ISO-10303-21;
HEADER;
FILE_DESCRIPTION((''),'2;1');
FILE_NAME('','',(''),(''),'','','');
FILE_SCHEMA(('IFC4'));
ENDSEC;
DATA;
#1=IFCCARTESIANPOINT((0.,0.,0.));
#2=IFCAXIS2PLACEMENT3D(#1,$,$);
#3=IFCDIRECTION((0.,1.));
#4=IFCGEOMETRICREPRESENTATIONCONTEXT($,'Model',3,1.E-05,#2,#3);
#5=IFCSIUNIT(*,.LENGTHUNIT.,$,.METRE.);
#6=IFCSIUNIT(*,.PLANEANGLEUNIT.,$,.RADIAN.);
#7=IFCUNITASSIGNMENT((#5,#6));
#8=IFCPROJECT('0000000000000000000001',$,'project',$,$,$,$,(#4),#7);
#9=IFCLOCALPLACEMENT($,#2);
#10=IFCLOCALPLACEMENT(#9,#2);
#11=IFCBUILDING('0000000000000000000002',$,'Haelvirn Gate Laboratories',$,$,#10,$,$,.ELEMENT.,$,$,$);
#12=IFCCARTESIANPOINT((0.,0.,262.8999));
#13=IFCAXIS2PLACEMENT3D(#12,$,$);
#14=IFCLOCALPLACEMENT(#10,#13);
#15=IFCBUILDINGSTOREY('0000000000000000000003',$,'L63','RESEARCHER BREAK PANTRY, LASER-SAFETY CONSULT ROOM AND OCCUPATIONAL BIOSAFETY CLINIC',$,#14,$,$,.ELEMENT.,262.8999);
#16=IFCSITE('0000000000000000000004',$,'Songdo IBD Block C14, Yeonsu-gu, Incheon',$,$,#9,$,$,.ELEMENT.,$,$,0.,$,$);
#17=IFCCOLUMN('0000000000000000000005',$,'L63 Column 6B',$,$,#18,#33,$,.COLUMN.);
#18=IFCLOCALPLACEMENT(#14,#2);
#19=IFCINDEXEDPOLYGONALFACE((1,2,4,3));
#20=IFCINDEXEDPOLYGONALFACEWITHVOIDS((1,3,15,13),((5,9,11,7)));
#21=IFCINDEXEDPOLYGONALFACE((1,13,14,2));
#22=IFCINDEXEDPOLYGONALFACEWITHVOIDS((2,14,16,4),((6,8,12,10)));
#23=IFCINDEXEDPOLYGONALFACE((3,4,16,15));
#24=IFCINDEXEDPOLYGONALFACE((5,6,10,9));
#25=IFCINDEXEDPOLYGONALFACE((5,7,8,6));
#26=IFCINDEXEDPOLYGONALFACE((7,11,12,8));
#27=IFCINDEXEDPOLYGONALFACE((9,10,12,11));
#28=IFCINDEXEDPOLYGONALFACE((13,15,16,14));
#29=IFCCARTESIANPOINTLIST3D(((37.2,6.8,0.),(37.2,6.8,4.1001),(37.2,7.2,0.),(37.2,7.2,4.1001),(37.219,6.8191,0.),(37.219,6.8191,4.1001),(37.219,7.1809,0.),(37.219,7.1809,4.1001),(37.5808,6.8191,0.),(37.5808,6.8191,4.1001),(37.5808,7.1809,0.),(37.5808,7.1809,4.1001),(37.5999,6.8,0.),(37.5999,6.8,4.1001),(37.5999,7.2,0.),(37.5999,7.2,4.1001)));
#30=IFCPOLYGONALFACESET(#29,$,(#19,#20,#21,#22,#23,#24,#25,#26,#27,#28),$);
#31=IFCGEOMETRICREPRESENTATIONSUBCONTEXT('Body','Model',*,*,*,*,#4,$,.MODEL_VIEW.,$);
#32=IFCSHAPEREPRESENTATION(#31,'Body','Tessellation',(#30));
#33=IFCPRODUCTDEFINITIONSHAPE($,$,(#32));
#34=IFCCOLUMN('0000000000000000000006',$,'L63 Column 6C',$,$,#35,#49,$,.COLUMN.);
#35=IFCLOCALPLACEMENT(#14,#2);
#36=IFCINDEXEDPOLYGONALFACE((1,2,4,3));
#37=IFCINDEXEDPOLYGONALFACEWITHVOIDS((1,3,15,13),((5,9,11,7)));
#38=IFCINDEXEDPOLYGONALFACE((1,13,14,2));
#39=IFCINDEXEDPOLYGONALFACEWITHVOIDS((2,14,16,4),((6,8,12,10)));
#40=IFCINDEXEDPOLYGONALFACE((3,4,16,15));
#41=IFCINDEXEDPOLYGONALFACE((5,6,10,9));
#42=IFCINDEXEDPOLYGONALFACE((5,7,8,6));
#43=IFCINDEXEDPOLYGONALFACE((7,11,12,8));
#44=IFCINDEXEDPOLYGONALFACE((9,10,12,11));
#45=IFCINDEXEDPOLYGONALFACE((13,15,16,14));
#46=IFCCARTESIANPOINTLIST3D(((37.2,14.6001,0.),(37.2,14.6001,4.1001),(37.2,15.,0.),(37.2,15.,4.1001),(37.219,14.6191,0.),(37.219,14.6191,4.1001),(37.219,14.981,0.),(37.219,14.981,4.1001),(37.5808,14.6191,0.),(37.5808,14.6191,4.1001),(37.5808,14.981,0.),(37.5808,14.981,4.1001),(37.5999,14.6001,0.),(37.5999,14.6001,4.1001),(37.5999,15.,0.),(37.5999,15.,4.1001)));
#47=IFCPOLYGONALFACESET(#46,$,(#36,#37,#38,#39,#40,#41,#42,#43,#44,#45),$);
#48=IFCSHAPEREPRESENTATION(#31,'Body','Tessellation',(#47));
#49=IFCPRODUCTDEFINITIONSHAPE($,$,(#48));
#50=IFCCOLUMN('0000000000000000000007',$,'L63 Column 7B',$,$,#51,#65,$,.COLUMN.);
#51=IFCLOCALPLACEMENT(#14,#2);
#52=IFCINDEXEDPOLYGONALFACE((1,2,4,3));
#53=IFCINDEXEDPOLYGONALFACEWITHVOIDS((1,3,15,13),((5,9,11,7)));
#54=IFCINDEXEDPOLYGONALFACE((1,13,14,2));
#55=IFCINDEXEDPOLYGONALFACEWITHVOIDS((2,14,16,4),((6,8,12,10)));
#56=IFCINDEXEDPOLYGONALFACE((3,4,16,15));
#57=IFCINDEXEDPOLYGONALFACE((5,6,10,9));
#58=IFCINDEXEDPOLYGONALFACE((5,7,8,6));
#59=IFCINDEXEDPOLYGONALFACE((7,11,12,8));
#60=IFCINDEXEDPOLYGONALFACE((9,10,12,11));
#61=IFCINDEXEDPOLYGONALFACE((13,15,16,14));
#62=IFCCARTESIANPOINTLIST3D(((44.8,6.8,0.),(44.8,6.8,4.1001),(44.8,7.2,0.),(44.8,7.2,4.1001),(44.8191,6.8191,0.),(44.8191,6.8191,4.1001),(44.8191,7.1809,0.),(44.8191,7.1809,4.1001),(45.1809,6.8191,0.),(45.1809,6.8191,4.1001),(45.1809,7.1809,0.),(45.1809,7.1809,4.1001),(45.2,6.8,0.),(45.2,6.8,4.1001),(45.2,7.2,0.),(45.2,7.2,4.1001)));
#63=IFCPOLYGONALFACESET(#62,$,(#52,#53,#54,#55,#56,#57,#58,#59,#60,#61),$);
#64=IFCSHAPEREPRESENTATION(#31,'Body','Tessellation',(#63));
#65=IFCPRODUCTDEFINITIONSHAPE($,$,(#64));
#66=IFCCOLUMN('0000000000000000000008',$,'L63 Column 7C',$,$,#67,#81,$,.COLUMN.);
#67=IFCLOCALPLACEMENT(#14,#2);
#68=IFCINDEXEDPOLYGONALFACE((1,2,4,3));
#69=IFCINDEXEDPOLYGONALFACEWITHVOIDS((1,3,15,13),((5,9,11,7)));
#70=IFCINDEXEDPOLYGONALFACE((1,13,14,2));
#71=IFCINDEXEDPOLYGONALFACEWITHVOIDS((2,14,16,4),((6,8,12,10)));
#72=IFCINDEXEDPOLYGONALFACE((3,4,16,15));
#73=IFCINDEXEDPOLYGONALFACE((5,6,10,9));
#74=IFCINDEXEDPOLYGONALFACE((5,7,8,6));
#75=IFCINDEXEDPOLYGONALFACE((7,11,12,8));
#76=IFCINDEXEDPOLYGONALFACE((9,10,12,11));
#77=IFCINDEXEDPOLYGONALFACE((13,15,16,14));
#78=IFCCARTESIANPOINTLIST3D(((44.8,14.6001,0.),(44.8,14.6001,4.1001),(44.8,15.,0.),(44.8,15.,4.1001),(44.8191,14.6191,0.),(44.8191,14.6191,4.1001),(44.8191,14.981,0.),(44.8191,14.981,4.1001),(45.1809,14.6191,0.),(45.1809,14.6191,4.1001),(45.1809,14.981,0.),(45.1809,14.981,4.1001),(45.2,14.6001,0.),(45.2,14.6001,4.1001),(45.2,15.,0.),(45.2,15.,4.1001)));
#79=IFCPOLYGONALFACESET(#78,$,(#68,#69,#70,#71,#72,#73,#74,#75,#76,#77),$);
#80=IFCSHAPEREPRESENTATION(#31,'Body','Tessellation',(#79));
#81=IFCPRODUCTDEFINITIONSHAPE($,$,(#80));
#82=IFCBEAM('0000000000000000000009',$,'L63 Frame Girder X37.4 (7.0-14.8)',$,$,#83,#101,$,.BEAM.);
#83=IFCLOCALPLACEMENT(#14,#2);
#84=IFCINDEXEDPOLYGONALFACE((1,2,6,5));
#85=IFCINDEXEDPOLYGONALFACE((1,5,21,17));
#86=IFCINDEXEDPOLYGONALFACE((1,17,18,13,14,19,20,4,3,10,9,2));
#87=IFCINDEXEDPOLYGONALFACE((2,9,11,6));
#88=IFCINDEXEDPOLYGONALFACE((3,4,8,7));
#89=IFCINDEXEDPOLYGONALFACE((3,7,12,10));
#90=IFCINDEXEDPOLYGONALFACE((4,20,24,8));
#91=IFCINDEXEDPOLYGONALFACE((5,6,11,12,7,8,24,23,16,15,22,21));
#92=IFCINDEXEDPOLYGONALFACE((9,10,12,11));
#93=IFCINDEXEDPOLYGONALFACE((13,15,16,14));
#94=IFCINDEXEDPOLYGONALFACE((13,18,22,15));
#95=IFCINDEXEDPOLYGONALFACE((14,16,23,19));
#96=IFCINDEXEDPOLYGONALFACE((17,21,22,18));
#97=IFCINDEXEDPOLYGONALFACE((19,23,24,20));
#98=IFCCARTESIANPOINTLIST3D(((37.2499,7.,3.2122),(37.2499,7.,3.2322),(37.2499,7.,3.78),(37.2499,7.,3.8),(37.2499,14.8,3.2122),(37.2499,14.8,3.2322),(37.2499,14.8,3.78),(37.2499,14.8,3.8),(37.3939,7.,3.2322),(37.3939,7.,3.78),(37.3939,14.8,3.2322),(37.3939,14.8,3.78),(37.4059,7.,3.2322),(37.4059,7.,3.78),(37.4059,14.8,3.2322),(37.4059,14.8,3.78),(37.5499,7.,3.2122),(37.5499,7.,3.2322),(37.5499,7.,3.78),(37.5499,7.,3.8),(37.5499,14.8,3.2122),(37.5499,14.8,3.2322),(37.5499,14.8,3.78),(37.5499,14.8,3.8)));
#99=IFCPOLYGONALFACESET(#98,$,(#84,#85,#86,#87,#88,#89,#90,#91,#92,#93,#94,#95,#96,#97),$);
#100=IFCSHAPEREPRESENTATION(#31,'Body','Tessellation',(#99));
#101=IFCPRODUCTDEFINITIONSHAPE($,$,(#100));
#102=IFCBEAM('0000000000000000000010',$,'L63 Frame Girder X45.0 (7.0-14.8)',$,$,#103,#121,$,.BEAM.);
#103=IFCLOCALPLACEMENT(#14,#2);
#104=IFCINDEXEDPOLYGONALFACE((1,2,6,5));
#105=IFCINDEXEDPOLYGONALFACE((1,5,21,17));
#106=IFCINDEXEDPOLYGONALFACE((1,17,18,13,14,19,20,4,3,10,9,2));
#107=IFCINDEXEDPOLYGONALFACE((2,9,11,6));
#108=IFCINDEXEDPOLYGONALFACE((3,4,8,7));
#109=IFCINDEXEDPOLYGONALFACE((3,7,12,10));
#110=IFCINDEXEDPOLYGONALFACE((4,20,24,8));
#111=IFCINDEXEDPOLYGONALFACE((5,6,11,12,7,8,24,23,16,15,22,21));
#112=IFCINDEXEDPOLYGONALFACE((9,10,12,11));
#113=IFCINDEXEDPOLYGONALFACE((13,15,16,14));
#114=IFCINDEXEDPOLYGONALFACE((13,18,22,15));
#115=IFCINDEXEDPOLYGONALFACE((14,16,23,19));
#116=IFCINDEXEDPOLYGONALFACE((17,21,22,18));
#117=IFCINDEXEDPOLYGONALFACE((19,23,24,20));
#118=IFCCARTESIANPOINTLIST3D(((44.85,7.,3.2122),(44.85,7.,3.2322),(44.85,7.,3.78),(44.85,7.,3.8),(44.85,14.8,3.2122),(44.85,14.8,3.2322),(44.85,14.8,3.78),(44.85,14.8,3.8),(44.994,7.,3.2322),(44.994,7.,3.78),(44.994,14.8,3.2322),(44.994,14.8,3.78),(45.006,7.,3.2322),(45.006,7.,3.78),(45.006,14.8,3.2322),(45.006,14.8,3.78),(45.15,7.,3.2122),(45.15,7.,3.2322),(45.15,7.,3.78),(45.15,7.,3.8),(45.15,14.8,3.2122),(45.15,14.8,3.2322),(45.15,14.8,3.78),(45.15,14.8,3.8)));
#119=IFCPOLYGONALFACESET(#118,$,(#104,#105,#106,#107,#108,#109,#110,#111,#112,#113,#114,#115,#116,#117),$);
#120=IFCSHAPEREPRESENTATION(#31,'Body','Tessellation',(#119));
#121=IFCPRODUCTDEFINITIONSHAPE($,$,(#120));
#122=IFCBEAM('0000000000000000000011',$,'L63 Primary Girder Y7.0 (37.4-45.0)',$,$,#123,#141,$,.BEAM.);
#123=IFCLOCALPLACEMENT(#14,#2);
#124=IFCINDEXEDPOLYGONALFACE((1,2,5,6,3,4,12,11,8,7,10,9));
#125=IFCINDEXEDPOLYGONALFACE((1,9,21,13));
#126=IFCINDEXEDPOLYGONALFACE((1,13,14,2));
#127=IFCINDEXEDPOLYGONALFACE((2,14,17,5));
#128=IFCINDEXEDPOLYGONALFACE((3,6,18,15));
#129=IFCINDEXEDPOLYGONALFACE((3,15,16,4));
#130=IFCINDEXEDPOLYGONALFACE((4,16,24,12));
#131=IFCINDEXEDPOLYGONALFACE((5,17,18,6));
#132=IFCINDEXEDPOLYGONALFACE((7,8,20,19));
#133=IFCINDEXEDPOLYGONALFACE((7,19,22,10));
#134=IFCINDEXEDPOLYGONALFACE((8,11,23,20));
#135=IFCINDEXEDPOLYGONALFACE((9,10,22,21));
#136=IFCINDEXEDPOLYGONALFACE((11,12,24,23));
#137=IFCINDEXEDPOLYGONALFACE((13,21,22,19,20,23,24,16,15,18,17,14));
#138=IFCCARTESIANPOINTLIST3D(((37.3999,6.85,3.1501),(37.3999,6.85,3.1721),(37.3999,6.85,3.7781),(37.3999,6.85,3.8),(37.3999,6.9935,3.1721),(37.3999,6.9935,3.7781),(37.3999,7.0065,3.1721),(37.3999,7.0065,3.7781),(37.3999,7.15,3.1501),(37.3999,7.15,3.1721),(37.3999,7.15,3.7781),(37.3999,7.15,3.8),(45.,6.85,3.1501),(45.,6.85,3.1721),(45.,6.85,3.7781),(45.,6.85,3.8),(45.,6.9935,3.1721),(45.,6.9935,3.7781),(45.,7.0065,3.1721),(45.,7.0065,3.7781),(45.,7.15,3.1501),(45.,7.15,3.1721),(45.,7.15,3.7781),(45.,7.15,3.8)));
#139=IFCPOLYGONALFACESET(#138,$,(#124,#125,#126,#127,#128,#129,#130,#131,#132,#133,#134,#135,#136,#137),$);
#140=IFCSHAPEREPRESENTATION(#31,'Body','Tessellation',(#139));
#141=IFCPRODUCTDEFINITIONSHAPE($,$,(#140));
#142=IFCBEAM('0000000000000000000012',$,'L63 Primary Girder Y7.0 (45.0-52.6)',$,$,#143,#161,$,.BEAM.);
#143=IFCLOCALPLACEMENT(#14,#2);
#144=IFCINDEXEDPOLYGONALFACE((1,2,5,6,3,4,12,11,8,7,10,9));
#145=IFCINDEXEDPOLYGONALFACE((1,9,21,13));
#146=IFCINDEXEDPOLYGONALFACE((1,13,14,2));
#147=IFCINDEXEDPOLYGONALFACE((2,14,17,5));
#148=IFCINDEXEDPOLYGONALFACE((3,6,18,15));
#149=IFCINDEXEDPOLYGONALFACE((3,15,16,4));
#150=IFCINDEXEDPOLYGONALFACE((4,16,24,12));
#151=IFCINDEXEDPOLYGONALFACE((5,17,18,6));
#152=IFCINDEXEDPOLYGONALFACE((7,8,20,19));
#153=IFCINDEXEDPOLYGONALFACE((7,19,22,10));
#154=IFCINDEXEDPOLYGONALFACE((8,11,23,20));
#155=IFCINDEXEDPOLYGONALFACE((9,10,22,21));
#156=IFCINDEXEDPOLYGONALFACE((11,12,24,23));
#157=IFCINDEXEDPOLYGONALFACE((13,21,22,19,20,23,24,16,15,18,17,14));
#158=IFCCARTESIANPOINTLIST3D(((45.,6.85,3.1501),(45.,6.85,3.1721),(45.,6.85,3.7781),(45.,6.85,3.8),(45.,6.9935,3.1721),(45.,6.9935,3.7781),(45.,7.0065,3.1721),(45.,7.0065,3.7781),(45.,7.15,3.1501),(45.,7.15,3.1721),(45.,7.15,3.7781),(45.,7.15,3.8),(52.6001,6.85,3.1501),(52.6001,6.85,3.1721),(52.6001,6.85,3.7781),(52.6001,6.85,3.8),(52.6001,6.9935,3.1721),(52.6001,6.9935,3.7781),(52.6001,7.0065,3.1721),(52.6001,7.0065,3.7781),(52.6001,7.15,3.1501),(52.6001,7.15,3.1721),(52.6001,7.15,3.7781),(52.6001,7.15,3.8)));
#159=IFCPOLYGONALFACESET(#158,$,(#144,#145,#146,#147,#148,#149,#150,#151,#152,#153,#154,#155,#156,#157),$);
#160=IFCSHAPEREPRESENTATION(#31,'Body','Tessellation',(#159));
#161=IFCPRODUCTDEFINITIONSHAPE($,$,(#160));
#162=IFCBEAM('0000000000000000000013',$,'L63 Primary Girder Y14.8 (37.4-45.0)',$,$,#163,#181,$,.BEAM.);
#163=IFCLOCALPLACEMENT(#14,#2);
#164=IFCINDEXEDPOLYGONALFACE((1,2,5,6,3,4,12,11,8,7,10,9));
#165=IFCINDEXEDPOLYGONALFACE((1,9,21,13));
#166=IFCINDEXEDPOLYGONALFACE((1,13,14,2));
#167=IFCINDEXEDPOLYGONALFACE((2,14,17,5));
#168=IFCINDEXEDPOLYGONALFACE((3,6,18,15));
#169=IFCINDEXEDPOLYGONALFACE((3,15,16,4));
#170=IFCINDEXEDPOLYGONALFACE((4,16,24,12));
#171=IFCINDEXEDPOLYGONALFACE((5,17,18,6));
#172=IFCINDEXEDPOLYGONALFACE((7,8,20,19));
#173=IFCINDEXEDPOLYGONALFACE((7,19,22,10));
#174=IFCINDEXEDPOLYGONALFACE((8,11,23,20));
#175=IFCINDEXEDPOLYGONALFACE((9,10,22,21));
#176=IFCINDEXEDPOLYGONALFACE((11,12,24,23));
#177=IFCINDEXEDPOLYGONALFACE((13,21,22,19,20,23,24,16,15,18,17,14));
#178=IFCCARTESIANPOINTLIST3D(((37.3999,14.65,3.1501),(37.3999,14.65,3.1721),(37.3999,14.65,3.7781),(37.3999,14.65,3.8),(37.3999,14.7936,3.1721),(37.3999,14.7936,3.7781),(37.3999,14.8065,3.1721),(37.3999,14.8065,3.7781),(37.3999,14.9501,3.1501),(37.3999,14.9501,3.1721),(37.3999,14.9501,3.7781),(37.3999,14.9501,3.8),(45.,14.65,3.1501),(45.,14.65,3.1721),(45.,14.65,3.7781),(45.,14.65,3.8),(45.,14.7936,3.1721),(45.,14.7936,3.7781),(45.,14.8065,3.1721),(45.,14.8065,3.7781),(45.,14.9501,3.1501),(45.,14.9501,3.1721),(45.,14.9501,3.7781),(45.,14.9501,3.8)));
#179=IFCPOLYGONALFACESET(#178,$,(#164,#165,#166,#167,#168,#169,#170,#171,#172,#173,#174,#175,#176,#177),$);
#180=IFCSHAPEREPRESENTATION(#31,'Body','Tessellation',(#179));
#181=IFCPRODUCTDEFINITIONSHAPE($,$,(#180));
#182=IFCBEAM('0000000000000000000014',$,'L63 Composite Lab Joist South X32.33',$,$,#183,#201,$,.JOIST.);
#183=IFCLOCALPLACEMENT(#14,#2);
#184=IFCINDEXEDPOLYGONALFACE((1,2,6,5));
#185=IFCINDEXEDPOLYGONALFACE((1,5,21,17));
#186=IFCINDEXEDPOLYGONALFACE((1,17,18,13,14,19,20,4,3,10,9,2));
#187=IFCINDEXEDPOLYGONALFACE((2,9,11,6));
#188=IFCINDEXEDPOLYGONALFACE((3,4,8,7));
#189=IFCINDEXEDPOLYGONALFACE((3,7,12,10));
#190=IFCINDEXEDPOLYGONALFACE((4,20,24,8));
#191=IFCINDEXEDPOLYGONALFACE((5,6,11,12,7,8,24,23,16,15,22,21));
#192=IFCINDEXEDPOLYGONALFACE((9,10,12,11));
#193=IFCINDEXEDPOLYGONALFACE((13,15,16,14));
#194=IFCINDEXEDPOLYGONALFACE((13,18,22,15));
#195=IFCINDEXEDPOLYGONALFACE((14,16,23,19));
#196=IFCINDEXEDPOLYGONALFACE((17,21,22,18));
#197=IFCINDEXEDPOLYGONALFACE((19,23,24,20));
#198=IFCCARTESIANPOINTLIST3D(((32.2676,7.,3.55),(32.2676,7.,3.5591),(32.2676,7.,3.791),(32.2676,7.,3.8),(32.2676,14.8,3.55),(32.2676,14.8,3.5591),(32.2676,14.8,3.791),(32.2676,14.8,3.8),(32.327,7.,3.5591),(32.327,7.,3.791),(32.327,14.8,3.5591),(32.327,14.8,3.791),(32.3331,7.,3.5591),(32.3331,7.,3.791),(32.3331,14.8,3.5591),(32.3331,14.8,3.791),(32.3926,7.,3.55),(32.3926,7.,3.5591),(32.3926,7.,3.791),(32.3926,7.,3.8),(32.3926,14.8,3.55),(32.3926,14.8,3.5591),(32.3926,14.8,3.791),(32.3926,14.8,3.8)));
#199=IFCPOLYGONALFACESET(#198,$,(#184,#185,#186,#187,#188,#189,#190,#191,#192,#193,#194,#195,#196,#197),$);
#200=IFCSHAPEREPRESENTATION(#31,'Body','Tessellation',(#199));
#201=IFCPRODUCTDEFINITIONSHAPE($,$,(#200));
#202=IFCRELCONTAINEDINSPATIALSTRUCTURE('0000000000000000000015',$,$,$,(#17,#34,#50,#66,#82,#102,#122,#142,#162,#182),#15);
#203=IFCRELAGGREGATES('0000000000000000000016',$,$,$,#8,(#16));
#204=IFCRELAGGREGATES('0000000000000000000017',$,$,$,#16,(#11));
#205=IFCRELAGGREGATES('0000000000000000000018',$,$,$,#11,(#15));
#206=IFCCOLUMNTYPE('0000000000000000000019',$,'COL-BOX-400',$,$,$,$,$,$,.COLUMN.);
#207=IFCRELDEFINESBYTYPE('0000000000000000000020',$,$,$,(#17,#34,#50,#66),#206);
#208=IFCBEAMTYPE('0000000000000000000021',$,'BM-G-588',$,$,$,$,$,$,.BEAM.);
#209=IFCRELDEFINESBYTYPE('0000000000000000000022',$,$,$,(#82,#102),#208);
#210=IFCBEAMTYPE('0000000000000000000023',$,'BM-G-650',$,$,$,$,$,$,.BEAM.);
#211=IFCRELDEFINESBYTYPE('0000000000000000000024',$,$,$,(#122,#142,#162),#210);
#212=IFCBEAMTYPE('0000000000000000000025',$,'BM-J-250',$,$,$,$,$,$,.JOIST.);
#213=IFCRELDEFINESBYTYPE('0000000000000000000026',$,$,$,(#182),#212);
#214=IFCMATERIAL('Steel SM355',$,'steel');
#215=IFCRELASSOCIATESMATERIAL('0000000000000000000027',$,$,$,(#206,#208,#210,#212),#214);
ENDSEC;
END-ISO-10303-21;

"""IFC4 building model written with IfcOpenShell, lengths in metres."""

from ifc_helpers import new_model, si_unit, direction, frame, origin, origin_2d, place, context, subcontext, project, spatial, hollow_rectangle, i_section, extrude, source, transform, mapped, material, material_profile, profile_set, type_object, type_shapes, element, save


model = new_model("IFC4")

# Units and contexts
model_context = context("Model", 3, precision=1e-05, world=origin(), true_north=direction((0.0, 1.0)))
body_context = subcontext(model_context, "Body", "Model", "MODEL_VIEW")
ifc_project = project(units=[si_unit("LENGTHUNIT", "METRE"), si_unit("PLANEANGLEUNIT", "RADIAN")], contexts=[model_context])

# Site, building, storey
site_placement = place(None, origin())
site = spatial("IfcSite", under=ifc_project, at=site_placement, Name="Songdo IBD Block C14, Yeonsu-gu, Incheon", CompositionType="ELEMENT", RefElevation=0.0)
building_placement = place(site_placement, origin())
building = spatial("IfcBuilding", under=site, at=building_placement, Name="Haelvirn Gate Laboratories", CompositionType="ELEMENT")
storey_placement = place(building_placement, frame((0.0, 0.0, 262.8999)))
storey = spatial("IfcBuildingStorey", under=building, at=storey_placement, Name="L63", Description="RESEARCHER BREAK PANTRY, LASER-SAFETY CONSULT ROOM AND OCCUPATIONAL BIOSAFETY CLINIC", CompositionType="ELEMENT", Elevation=262.8999)

# Columns
ifc_material_1 = material(Name="Steel SM355", Category="steel")
ifc_material_profile_1 = material_profile(ifc_material_1, hollow_rectangle(XDim=0.3999, YDim=0.3999, WallThickness=0.019, at=origin_2d()), Name="BOX-400x400x19")
ifc_profile_set_1 = profile_set([ifc_material_profile_1], Name="Steel SM355")
column_type = type_object("IfcColumnType", Name="COL-BOX-400", PredefinedType="COLUMN", material=ifc_profile_set_1)
shared_shape_1 = source(origin(), body_context, "Body", "SweptSolid", [
    extrude(hollow_rectangle(XDim=0.3999, YDim=0.3999, WallThickness=0.019, at=origin_2d()), origin(), (0.0, 0.0, 1.0), 4.1001),
])
type_shapes(column_type, [shared_shape_1])
for number, where, z_axis, x_axis, name in (
    (1, (37.3999, 7.0, 0.0), (0.0, 0.0, 1.0), (1.0, 0.0, 0.0), "L63 Column 6B"),
    (2, (37.3999, 14.8, 0.0), (0.0, 0.0, 1.0), (1.0, 0.0, 0.0), "L63 Column 6C"),
    (3, (45.0, 7.0, 0.0), (0.0, 0.0, 1.0), (1.0, 0.0, 0.0), "L63 Column 7B"),
    (4, (45.0, 14.8, 0.0), (0.0, 0.0, 1.0), (1.0, 0.0, 0.0), "L63 Column 7C"),
):
    element("IfcColumn", number, at=place(storey_placement, frame(where, z_axis=z_axis, x_axis=x_axis)), inside=storey, type_object=column_type, Name=name, PredefinedType="COLUMN", context=body_context, shape_type="MappedRepresentation", body=[
        mapped(shared_shape_1, transform((0.0, 0.0, 0.0), scale=1.0)),
    ])

# Beams
ifc_material_profile_2 = material_profile(ifc_material_1, i_section(OverallWidth=0.3, OverallDepth=0.5879, WebThickness=0.012, FlangeThickness=0.02, at=origin_2d()), Name="H-588x300x12x20")
ifc_profile_set_2 = profile_set([ifc_material_profile_2], Name="Steel SM355")
beam_type_1 = type_object("IfcBeamType", Name="BM-G-588", PredefinedType="BEAM", material=ifc_profile_set_2)
shared_shape_2 = source(origin(), body_context, "Body", "SweptSolid", [
    extrude(i_section(OverallWidth=0.3, OverallDepth=0.5879, WebThickness=0.012, FlangeThickness=0.02, at=origin_2d()), origin(), (0.0, 0.0, 1.0), 7.8),
])
type_shapes(beam_type_1, [shared_shape_2])
for number, where, z_axis, x_axis, name in (
    (5, (37.3999, 7.0, 3.5061), (0.0, 1.0, 0.0), (-1.0, 0.0, 0.0), "L63 Frame Girder X37.4 (7.0-14.8)"),
    (6, (45.0, 7.0, 3.5061), (0.0, 1.0, 0.0), (-1.0, 0.0, 0.0), "L63 Frame Girder X45.0 (7.0-14.8)"),
):
    element("IfcBeam", number, at=place(storey_placement, frame(where, z_axis=z_axis, x_axis=x_axis)), inside=storey, type_object=beam_type_1, Name=name, PredefinedType="BEAM", context=body_context, shape_type="MappedRepresentation", body=[
        mapped(shared_shape_2, transform((0.0, 0.0, 0.0), scale=1.0)),
    ])
ifc_material_profile_3 = material_profile(ifc_material_1, i_section(OverallWidth=0.3, OverallDepth=0.6499, WebThickness=0.0129, FlangeThickness=0.022, at=origin_2d()), Name="H-650x300x13x22")
ifc_profile_set_3 = profile_set([ifc_material_profile_3], Name="Steel SM355")
beam_type_2 = type_object("IfcBeamType", Name="BM-G-650", PredefinedType="BEAM", material=ifc_profile_set_3)
shared_shape_3 = source(origin(), body_context, "Body", "SweptSolid", [
    extrude(i_section(OverallWidth=0.3, OverallDepth=0.6499, WebThickness=0.0129, FlangeThickness=0.022, at=origin_2d()), origin(), (0.0, 0.0, 1.0), 7.6001),
])
type_shapes(beam_type_2, [shared_shape_3])
for number, where, z_axis, x_axis, name in (
    (7, (37.3999, 7.0, 3.4751), (1.0, 0.0, 0.0), (0.0, 1.0, 0.0), "L63 Primary Girder Y7.0 (37.4-45.0)"),
    (8, (45.0, 7.0, 3.4751), (1.0, 0.0, 0.0), (0.0, 1.0, 0.0), "L63 Primary Girder Y7.0 (45.0-52.6)"),
    (9, (37.3999, 14.8, 3.4751), (1.0, 0.0, 0.0), (0.0, 1.0, 0.0), "L63 Primary Girder Y14.8 (37.4-45.0)"),
):
    element("IfcBeam", number, at=place(storey_placement, frame(where, z_axis=z_axis, x_axis=x_axis)), inside=storey, type_object=beam_type_2, Name=name, PredefinedType="BEAM", context=body_context, shape_type="MappedRepresentation", body=[
        mapped(shared_shape_3, transform((0.0, 0.0, 0.0), scale=1.0)),
    ])
ifc_material_profile_4 = material_profile(ifc_material_1, i_section(OverallWidth=0.125, OverallDepth=0.25, WebThickness=0.0061, FlangeThickness=0.009, at=origin_2d()), Name="H-250x125x6x9")
ifc_profile_set_4 = profile_set([ifc_material_profile_4], Name="Steel SM355")
beam_type_3 = type_object("IfcBeamType", Name="BM-J-250", PredefinedType="JOIST", material=ifc_profile_set_4)
shared_shape_4 = source(origin(), body_context, "Body", "SweptSolid", [
    extrude(i_section(OverallWidth=0.125, OverallDepth=0.25, WebThickness=0.0061, FlangeThickness=0.009, at=origin_2d()), origin(), (0.0, 0.0, 1.0), 7.8),
])
type_shapes(beam_type_3, [shared_shape_4])
for number, where, z_axis, x_axis, name in (
    (10, (32.3301, 7.0, 3.675), (0.0, 1.0, 0.0), (-1.0, 0.0, 0.0), "L63 Composite Lab Joist South X32.33"),
):
    element("IfcBeam", number, at=place(storey_placement, frame(where, z_axis=z_axis, x_axis=x_axis)), inside=storey, type_object=beam_type_3, Name=name, PredefinedType="JOIST", context=body_context, shape_type="MappedRepresentation", body=[
        mapped(shared_shape_4, transform((0.0, 0.0, 0.0), scale=1.0)),
    ])

save(model, "model.ifc")
